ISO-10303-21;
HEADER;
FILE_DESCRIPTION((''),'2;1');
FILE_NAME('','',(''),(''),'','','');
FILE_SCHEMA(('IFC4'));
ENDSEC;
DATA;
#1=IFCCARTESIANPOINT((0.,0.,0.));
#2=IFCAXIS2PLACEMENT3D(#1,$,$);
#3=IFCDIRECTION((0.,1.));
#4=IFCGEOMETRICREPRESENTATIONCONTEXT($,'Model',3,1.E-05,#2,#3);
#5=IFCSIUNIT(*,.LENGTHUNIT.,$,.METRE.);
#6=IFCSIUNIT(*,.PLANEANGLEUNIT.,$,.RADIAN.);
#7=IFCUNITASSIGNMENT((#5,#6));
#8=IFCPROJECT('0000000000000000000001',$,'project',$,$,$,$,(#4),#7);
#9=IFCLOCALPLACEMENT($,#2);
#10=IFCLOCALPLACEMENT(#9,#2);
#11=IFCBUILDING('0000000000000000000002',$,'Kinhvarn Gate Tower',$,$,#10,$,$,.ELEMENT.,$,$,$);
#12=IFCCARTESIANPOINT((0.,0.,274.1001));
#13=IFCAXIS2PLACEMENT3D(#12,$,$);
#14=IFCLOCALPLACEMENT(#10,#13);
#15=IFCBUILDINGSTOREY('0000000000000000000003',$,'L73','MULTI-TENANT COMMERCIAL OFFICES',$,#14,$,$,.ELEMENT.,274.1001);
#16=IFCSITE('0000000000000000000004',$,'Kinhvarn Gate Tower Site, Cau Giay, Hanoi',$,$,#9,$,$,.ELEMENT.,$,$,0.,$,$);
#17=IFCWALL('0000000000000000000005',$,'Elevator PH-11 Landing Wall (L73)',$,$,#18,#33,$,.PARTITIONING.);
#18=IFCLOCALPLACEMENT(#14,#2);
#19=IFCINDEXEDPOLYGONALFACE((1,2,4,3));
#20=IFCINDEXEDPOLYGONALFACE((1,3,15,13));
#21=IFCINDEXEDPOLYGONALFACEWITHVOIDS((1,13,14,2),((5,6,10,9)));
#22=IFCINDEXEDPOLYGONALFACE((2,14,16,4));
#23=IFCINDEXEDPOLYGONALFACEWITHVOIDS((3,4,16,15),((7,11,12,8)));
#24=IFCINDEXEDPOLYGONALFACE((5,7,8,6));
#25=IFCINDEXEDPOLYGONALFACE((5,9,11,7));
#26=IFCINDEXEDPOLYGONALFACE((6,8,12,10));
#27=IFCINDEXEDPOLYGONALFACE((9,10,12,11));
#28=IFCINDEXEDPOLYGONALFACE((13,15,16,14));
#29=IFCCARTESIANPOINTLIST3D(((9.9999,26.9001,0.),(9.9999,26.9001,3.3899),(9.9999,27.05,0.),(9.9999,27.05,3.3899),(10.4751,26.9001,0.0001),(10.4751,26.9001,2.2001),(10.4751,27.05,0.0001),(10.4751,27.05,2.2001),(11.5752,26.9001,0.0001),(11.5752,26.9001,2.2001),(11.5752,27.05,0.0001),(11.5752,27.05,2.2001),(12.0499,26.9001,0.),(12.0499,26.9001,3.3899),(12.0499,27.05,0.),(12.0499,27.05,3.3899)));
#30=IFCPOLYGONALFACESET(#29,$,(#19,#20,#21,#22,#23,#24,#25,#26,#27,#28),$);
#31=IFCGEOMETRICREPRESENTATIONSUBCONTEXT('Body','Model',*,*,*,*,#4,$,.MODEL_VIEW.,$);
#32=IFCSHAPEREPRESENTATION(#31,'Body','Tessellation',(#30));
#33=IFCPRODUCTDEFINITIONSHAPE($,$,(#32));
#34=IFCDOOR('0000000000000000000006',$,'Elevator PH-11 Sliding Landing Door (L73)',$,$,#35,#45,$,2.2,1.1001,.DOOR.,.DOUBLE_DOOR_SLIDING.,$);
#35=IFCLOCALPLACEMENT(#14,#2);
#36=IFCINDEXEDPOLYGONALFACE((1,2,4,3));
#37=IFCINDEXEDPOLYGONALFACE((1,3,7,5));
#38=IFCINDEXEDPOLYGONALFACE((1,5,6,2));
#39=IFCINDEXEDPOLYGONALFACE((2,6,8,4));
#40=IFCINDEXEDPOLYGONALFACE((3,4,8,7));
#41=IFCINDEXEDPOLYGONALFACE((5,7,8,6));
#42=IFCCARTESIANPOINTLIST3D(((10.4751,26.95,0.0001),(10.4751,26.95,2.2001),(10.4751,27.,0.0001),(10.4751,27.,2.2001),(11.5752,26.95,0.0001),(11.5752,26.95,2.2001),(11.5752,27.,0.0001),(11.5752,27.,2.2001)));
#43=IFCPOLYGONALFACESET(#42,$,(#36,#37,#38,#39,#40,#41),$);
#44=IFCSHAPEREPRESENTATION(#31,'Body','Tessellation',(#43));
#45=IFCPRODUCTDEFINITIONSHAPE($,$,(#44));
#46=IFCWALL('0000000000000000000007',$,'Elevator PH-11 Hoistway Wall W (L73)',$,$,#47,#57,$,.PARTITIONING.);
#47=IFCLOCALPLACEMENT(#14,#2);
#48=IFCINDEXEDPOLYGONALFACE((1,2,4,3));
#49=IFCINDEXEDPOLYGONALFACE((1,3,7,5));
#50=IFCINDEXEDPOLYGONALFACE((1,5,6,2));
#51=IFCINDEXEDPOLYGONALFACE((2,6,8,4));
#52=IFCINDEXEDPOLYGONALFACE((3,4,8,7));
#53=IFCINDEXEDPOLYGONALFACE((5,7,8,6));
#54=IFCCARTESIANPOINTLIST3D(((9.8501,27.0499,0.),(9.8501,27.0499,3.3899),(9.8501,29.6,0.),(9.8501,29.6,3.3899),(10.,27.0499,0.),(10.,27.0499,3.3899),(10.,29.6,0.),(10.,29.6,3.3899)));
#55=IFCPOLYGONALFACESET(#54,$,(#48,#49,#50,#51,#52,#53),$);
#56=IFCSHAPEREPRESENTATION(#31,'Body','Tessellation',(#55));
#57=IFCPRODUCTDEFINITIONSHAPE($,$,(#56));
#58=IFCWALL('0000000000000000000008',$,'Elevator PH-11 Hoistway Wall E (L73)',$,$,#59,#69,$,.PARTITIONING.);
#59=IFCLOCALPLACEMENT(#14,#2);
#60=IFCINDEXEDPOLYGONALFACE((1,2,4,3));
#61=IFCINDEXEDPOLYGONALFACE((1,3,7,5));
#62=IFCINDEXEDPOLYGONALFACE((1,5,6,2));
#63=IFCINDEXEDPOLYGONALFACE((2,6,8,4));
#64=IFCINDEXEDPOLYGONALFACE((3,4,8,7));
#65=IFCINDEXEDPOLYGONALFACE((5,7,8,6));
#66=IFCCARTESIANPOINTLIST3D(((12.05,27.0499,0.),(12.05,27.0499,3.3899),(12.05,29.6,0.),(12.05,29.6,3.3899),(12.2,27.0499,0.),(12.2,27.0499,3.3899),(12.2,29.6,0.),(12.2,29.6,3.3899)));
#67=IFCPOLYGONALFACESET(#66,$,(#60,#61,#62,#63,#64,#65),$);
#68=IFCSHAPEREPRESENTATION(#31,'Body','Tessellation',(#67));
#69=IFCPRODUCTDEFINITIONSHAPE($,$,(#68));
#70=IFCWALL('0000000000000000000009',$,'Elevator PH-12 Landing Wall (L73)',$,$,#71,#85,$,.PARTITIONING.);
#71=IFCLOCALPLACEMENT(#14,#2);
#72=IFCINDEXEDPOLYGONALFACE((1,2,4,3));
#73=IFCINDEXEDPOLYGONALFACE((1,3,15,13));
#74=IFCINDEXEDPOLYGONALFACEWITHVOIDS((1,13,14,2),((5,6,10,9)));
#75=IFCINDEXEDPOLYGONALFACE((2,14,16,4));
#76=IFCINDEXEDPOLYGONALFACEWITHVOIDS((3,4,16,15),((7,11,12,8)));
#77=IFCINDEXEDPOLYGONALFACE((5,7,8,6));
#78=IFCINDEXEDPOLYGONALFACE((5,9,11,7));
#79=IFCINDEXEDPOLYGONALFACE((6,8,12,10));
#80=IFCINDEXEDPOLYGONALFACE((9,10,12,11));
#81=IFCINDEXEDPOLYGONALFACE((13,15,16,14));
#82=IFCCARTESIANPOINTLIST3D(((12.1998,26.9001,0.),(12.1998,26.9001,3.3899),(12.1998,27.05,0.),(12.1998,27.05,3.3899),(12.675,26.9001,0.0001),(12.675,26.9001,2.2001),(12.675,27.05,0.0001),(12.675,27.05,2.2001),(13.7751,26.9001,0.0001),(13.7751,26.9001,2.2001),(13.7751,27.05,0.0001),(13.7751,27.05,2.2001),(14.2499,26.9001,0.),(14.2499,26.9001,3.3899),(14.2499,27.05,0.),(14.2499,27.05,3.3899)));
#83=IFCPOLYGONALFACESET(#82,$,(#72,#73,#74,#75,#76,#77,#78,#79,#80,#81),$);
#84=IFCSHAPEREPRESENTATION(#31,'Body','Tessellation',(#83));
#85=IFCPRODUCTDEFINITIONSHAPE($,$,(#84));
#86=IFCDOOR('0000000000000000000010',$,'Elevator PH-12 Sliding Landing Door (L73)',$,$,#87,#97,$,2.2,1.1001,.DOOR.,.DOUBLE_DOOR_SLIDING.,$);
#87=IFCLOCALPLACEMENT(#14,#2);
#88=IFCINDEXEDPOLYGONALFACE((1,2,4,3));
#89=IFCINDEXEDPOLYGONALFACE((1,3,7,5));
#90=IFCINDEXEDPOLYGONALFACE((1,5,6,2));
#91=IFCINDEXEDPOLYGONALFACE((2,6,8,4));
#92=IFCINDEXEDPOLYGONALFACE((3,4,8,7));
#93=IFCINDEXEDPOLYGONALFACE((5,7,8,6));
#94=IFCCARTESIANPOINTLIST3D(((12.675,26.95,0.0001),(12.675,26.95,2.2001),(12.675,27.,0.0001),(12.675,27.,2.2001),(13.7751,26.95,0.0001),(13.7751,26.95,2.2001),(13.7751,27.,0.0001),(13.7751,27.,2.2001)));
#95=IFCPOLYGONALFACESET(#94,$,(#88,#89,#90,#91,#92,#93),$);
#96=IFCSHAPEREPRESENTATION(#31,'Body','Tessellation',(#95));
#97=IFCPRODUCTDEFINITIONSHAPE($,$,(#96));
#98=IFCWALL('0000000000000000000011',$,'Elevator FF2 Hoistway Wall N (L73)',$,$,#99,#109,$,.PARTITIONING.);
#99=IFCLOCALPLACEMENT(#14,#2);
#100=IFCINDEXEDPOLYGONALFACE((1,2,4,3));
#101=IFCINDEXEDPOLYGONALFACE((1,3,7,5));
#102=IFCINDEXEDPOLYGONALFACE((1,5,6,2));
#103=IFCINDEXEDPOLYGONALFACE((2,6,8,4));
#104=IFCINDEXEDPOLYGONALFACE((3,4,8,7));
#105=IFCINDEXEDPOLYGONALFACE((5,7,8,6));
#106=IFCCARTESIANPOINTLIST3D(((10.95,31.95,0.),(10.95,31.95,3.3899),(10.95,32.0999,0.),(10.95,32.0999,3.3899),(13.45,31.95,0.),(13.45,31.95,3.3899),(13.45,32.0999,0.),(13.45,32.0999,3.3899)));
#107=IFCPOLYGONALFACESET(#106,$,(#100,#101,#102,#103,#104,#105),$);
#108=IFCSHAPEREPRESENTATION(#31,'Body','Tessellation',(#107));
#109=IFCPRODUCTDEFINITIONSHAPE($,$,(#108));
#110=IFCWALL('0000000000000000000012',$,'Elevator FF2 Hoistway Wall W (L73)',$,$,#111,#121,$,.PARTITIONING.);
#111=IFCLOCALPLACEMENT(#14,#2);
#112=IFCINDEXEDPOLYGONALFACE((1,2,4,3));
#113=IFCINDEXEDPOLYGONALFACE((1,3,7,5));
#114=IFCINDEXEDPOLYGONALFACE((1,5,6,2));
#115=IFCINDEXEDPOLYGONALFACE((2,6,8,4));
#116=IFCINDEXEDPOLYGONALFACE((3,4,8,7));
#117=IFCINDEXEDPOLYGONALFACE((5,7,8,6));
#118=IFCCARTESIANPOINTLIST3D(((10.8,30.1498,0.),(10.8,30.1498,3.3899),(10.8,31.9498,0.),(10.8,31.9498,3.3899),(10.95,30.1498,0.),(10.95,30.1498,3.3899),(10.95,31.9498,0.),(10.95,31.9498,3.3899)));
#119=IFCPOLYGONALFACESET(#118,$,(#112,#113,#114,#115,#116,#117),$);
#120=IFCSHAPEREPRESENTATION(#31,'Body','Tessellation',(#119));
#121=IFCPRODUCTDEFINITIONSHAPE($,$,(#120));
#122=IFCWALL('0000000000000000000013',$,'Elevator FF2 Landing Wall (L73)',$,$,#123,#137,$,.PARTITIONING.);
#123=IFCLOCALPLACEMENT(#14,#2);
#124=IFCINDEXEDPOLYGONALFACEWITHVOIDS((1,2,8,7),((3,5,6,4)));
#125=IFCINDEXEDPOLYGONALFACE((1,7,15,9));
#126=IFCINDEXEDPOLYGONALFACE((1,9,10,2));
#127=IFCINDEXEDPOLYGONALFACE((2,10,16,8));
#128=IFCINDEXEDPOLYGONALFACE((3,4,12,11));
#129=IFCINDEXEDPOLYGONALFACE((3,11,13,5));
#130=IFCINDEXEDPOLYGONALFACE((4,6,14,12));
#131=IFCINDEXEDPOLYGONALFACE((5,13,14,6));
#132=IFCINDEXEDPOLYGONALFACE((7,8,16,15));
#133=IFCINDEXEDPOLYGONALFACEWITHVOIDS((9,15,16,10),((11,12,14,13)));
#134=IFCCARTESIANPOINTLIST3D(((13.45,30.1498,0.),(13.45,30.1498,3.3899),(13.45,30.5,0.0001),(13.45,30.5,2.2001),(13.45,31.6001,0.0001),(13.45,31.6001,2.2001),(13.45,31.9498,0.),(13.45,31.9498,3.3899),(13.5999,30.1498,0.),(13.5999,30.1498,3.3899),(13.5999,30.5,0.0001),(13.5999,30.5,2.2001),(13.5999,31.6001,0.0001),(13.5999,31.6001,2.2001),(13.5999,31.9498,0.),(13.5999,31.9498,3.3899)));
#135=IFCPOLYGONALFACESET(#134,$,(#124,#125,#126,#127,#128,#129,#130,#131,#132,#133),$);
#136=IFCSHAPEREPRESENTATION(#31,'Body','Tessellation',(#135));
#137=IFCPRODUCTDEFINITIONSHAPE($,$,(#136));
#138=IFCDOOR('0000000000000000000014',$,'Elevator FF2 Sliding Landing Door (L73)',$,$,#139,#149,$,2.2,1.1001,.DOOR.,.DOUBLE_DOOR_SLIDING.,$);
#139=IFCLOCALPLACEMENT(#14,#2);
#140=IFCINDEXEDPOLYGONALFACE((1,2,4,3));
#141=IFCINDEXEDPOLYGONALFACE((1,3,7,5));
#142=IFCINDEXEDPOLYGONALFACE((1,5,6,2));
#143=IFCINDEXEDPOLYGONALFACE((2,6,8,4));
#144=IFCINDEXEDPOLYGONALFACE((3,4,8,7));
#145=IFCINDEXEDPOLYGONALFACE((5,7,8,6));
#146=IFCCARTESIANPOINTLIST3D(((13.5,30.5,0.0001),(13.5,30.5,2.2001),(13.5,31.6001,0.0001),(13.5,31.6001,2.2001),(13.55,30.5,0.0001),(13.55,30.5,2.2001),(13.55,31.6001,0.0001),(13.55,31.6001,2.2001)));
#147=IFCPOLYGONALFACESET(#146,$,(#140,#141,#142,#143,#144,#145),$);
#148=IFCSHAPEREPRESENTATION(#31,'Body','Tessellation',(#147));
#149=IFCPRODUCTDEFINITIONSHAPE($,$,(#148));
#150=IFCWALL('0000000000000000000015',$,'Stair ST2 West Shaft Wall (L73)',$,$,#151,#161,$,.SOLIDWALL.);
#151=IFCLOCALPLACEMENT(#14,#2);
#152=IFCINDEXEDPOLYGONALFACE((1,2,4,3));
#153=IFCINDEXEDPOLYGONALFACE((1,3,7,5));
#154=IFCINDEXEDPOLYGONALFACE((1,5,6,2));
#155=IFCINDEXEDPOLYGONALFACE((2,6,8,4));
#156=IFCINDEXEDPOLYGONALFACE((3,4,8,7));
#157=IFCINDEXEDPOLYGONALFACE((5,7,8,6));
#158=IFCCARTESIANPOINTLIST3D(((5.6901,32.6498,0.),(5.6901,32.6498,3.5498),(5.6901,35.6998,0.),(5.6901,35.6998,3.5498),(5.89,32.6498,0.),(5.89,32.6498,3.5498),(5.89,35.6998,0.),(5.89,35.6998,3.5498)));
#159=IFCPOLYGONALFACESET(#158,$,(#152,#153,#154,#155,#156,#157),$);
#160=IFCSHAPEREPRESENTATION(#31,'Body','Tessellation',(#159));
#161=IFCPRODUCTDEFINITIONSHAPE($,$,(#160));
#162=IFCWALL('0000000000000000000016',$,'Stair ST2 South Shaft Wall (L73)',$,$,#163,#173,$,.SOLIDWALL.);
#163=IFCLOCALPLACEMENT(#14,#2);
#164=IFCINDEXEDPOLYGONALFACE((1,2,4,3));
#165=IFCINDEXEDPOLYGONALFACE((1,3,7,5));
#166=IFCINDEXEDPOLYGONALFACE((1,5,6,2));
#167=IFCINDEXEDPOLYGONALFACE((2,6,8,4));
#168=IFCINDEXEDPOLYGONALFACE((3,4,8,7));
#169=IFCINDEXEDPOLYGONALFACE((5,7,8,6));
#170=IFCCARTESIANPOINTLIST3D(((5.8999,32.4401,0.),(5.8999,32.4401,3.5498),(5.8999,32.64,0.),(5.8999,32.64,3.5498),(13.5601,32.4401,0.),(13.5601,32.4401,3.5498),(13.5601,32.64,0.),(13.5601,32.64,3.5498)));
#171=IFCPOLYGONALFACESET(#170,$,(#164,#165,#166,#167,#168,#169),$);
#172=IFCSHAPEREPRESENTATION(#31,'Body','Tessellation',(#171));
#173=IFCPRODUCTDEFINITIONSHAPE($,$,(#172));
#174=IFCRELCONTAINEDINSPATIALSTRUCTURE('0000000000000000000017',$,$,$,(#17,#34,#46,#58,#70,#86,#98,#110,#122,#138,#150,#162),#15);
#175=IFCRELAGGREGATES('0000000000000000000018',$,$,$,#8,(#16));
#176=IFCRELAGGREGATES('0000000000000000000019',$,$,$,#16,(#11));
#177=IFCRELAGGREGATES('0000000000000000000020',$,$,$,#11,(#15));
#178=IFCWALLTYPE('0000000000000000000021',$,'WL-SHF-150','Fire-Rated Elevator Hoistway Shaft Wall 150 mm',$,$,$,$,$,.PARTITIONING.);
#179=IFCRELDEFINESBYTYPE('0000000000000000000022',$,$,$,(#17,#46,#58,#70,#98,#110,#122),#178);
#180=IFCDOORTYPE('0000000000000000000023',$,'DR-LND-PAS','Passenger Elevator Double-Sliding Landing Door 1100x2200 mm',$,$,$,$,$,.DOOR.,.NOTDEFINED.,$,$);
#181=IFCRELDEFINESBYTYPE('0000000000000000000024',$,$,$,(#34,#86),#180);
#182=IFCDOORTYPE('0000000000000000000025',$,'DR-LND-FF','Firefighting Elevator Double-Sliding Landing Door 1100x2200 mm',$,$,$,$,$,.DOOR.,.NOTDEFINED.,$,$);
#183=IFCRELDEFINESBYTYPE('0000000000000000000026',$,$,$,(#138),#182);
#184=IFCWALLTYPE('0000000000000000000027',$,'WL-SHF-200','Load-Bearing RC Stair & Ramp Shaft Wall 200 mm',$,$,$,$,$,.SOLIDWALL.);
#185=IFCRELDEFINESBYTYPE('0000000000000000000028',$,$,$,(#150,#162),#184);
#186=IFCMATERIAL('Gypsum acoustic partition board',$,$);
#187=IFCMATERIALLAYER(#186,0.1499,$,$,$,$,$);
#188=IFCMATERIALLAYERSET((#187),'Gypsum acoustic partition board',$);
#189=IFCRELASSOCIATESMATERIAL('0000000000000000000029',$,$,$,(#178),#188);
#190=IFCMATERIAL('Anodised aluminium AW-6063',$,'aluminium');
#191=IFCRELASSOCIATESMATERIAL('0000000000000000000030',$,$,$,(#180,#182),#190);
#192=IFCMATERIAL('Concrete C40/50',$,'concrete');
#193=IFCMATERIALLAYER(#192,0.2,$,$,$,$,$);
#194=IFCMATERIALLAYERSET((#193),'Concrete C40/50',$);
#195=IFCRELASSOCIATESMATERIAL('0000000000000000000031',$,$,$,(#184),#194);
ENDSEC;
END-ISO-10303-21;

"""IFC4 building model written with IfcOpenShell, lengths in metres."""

from ifc_helpers import new_model, si_unit, direction, frame, frame_2d, origin, place, context, subcontext, project, spatial, rectangle, extrude, material, layer, layer_set, type_object, element, fill, save


model = new_model("IFC4")

# Units and contexts
model_context = context("Model", 3, precision=1e-05, world=origin(), true_north=direction((0.0, 1.0)))
body_context = subcontext(model_context, "Body", "Model", "MODEL_VIEW")
ifc_project = project(units=[si_unit("LENGTHUNIT", "METRE"), si_unit("PLANEANGLEUNIT", "RADIAN")], contexts=[model_context])

# Site, building, storey
site_placement = place(None, origin())
site = spatial("IfcSite", under=ifc_project, at=site_placement, Name="Kinhvarn Gate Tower Site, Cau Giay, Hanoi", CompositionType="ELEMENT", RefElevation=0.0)
building_placement = place(site_placement, origin())
building = spatial("IfcBuilding", under=site, at=building_placement, Name="Kinhvarn Gate Tower", CompositionType="ELEMENT")
storey_placement = place(building_placement, frame((0.0, 0.0, 274.1001)))
storey = spatial("IfcBuildingStorey", under=building, at=storey_placement, Name="L73", Description="MULTI-TENANT COMMERCIAL OFFICES", CompositionType="ELEMENT", Elevation=274.1001)

# Shared definitions
ifc_material_1 = material(Name="Gypsum acoustic partition board")

# Shared definitions
ifc_material_2 = material(Name="Anodised aluminium AW-6063", Category="aluminium")

# Wall, opening, door
ifc_layer_1 = layer(ifc_material_1, 0.1499)
ifc_layer_set_1 = layer_set([ifc_layer_1], Name="Gypsum acoustic partition board")
wall_type_1 = type_object("IfcWallType", Name="WL-SHF-150", Description="Fire-Rated Elevator Hoistway Shaft Wall 150 mm", PredefinedType="PARTITIONING", material=ifc_layer_set_1)
door_type_1 = type_object("IfcDoorType", Name="DR-LND-PAS", Description="Passenger Elevator Double-Sliding Landing Door 1100x2200 mm", OperationType="NOTDEFINED", PredefinedType="DOOR", material=ifc_material_2)
wall_1_placement = place(storey_placement, frame((10.0, 26.9751, 0.0), z_axis=(0.0, 0.0, 1.0), x_axis=(1.0, 0.0, 0.0)))
wall_1 = element("IfcWall", 1, at=wall_1_placement, inside=storey, type_object=wall_type_1, Name="Elevator PH-11 Landing Wall (L73)", PredefinedType="PARTITIONING", context=body_context, shape_type="SweptSolid", body=[
    extrude(rectangle(XDim=2.05, YDim=0.1499, at=frame_2d((1.0249, 0.0))), origin(), (0.0, 0.0, 1.0), 3.3899),
])
opening_1_placement = place(wall_1_placement, frame((0.4751, 0.0, 0.0)))
opening_1 = element("IfcOpeningElement", 2, at=opening_1_placement, cuts=wall_1, PredefinedType="OPENING", context=body_context, shape_type="SweptSolid", body=[
    extrude(rectangle(XDim=1.1001, YDim=2.2, at=frame_2d((0.55, 1.1001))), frame((0.0, 0.085, 0.0), z_axis=(0.0, -1.0, 0.0), x_axis=(1.0, 0.0, 0.0)), (0.0, 0.0, 1.0), 0.1699),
])
door_1_placement = place(opening_1_placement, origin())
door_1 = element("IfcDoor", 3, at=door_1_placement, inside=storey, type_object=door_type_1, Name="Elevator PH-11 Sliding Landing Door (L73)", OperationType="DOUBLE_DOOR_SLIDING", OverallHeight=2.2, OverallWidth=1.1001, PredefinedType="DOOR", context=body_context, shape_type="SweptSolid", body=[
    extrude(rectangle(XDim=1.1001, YDim=2.2, at=frame_2d((0.55, 1.1001))), frame((0.0, 0.0249, 0.0), z_axis=(0.0, -1.0, 0.0), x_axis=(1.0, 0.0, 0.0)), (0.0, 0.0, 1.0), 0.05),
])
fill(opening_1, door_1)

# Walls
for number, where, z_axis, x_axis, name in (
    (4, (9.925, 27.05, 0.0), (0.0, 0.0, 1.0), (0.0, 1.0, 0.0), "Elevator PH-11 Hoistway Wall W (L73)"),
    (5, (12.125, 27.05, 0.0), (0.0, 0.0, 1.0), (0.0, 1.0, 0.0), "Elevator PH-11 Hoistway Wall E (L73)"),
):
    element("IfcWall", number, at=place(storey_placement, frame(where, z_axis=z_axis, x_axis=x_axis)), inside=storey, type_object=wall_type_1, Name=name, PredefinedType="PARTITIONING", context=body_context, shape_type="SweptSolid", body=[
        extrude(rectangle(XDim=2.55, YDim=0.1499, at=frame_2d((1.2749, 0.0))), origin(), (0.0, 0.0, 1.0), 3.3899),
    ])

# Wall, opening, door
wall_2_placement = place(storey_placement, frame((12.2, 26.9751, 0.0), z_axis=(0.0, 0.0, 1.0), x_axis=(1.0, 0.0, 0.0)))
wall_2 = element("IfcWall", 6, at=wall_2_placement, inside=storey, type_object=wall_type_1, Name="Elevator PH-12 Landing Wall (L73)", PredefinedType="PARTITIONING", context=body_context, shape_type="SweptSolid", body=[
    extrude(rectangle(XDim=2.05, YDim=0.1499, at=frame_2d((1.0249, 0.0))), origin(), (0.0, 0.0, 1.0), 3.3899),
])
opening_2_placement = place(wall_2_placement, frame((0.4751, 0.0, 0.0)))
opening_2 = element("IfcOpeningElement", 7, at=opening_2_placement, cuts=wall_2, PredefinedType="OPENING", context=body_context, shape_type="SweptSolid", body=[
    extrude(rectangle(XDim=1.1001, YDim=2.2, at=frame_2d((0.55, 1.1001))), frame((0.0, 0.085, 0.0), z_axis=(0.0, -1.0, 0.0), x_axis=(1.0, 0.0, 0.0)), (0.0, 0.0, 1.0), 0.1699),
])
door_2_placement = place(opening_2_placement, origin())
door_2 = element("IfcDoor", 8, at=door_2_placement, inside=storey, type_object=door_type_1, Name="Elevator PH-12 Sliding Landing Door (L73)", OperationType="DOUBLE_DOOR_SLIDING", OverallHeight=2.2, OverallWidth=1.1001, PredefinedType="DOOR", context=body_context, shape_type="SweptSolid", body=[
    extrude(rectangle(XDim=1.1001, YDim=2.2, at=frame_2d((0.55, 1.1001))), frame((0.0, 0.0249, 0.0), z_axis=(0.0, -1.0, 0.0), x_axis=(1.0, 0.0, 0.0)), (0.0, 0.0, 1.0), 0.05),
])
fill(opening_2, door_2)

# Walls
wall_3_placement = place(storey_placement, frame((10.95, 32.0249, 0.0), z_axis=(0.0, 0.0, 1.0), x_axis=(1.0, 0.0, 0.0)))
element("IfcWall", 9, at=wall_3_placement, inside=storey, type_object=wall_type_1, Name="Elevator FF2 Hoistway Wall N (L73)", PredefinedType="PARTITIONING", context=body_context, shape_type="SweptSolid", body=[
    extrude(rectangle(XDim=2.5, YDim=0.1499, at=frame_2d((1.25, 0.0))), origin(), (0.0, 0.0, 1.0), 3.3899),
])
wall_4_placement = place(storey_placement, frame((10.875, 30.1499, 0.0), z_axis=(0.0, 0.0, 1.0), x_axis=(0.0, 1.0, 0.0)))
element("IfcWall", 10, at=wall_4_placement, inside=storey, type_object=wall_type_1, Name="Elevator FF2 Hoistway Wall W (L73)", PredefinedType="PARTITIONING", context=body_context, shape_type="SweptSolid", body=[
    extrude(rectangle(XDim=1.8, YDim=0.1499, at=frame_2d((0.8999, 0.0))), origin(), (0.0, 0.0, 1.0), 3.3899),
])

# Wall, opening, door
wall_5_placement = place(storey_placement, frame((13.5249, 30.1499, 0.0), z_axis=(0.0, 0.0, 1.0), x_axis=(0.0, 1.0, 0.0)))
wall_5 = element("IfcWall", 11, at=wall_5_placement, inside=storey, type_object=wall_type_1, Name="Elevator FF2 Landing Wall (L73)", PredefinedType="PARTITIONING", context=body_context, shape_type="SweptSolid", body=[
    extrude(rectangle(XDim=1.8, YDim=0.1499, at=frame_2d((0.8999, 0.0))), origin(), (0.0, 0.0, 1.0), 3.3899),
])
opening_3_placement = place(wall_5_placement, frame((0.3501, 0.0, 0.0)))
opening_3 = element("IfcOpeningElement", 12, at=opening_3_placement, cuts=wall_5, PredefinedType="OPENING", context=body_context, shape_type="SweptSolid", body=[
    extrude(rectangle(XDim=1.1001, YDim=2.2, at=frame_2d((0.55, 1.1001))), frame((0.0, 0.085, 0.0), z_axis=(0.0, -1.0, 0.0), x_axis=(1.0, 0.0, 0.0)), (0.0, 0.0, 1.0), 0.1699),
])
door_type_2 = type_object("IfcDoorType", Name="DR-LND-FF", Description="Firefighting Elevator Double-Sliding Landing Door 1100x2200 mm", OperationType="NOTDEFINED", PredefinedType="DOOR", material=ifc_material_2)
door_3_placement = place(opening_3_placement, origin())
door_3 = element("IfcDoor", 13, at=door_3_placement, inside=storey, type_object=door_type_2, Name="Elevator FF2 Sliding Landing Door (L73)", OperationType="DOUBLE_DOOR_SLIDING", OverallHeight=2.2, OverallWidth=1.1001, PredefinedType="DOOR", context=body_context, shape_type="SweptSolid", body=[
    extrude(rectangle(XDim=1.1001, YDim=2.2, at=frame_2d((0.55, 1.1001))), frame((0.0, 0.0249, 0.0), z_axis=(0.0, -1.0, 0.0), x_axis=(1.0, 0.0, 0.0)), (0.0, 0.0, 1.0), 0.05),
])
fill(opening_3, door_3)

# Walls
ifc_material_3 = material(Name="Concrete C40/50", Category="concrete")
ifc_layer_2 = layer(ifc_material_3, 0.2)
ifc_layer_set_2 = layer_set([ifc_layer_2], Name="Concrete C40/50")
wall_type_2 = type_object("IfcWallType", Name="WL-SHF-200", Description="Load-Bearing RC Stair & Ramp Shaft Wall 200 mm", PredefinedType="SOLIDWALL", material=ifc_layer_set_2)
wall_6_placement = place(storey_placement, frame((5.79, 32.6499, 0.0), z_axis=(0.0, 0.0, 1.0), x_axis=(0.0, 1.0, 0.0)))
element("IfcWall", 14, at=wall_6_placement, inside=storey, type_object=wall_type_2, Name="Stair ST2 West Shaft Wall (L73)", PredefinedType="SOLIDWALL", context=body_context, shape_type="SweptSolid", body=[
    extrude(rectangle(XDim=3.05, YDim=0.2, at=frame_2d((1.5249, 0.0))), origin(), (0.0, 0.0, 1.0), 3.5498),
])
wall_7_placement = place(storey_placement, frame((5.8999, 32.54, 0.0), z_axis=(0.0, 0.0, 1.0), x_axis=(1.0, 0.0, 0.0)))
element("IfcWall", 15, at=wall_7_placement, inside=storey, type_object=wall_type_2, Name="Stair ST2 South Shaft Wall (L73)", PredefinedType="SOLIDWALL", context=body_context, shape_type="SweptSolid", body=[
    extrude(rectangle(XDim=7.6602, YDim=0.2, at=frame_2d((3.8301, 0.0))), origin(), (0.0, 0.0, 1.0), 3.5498),
])

save(model, "model.ifc")
